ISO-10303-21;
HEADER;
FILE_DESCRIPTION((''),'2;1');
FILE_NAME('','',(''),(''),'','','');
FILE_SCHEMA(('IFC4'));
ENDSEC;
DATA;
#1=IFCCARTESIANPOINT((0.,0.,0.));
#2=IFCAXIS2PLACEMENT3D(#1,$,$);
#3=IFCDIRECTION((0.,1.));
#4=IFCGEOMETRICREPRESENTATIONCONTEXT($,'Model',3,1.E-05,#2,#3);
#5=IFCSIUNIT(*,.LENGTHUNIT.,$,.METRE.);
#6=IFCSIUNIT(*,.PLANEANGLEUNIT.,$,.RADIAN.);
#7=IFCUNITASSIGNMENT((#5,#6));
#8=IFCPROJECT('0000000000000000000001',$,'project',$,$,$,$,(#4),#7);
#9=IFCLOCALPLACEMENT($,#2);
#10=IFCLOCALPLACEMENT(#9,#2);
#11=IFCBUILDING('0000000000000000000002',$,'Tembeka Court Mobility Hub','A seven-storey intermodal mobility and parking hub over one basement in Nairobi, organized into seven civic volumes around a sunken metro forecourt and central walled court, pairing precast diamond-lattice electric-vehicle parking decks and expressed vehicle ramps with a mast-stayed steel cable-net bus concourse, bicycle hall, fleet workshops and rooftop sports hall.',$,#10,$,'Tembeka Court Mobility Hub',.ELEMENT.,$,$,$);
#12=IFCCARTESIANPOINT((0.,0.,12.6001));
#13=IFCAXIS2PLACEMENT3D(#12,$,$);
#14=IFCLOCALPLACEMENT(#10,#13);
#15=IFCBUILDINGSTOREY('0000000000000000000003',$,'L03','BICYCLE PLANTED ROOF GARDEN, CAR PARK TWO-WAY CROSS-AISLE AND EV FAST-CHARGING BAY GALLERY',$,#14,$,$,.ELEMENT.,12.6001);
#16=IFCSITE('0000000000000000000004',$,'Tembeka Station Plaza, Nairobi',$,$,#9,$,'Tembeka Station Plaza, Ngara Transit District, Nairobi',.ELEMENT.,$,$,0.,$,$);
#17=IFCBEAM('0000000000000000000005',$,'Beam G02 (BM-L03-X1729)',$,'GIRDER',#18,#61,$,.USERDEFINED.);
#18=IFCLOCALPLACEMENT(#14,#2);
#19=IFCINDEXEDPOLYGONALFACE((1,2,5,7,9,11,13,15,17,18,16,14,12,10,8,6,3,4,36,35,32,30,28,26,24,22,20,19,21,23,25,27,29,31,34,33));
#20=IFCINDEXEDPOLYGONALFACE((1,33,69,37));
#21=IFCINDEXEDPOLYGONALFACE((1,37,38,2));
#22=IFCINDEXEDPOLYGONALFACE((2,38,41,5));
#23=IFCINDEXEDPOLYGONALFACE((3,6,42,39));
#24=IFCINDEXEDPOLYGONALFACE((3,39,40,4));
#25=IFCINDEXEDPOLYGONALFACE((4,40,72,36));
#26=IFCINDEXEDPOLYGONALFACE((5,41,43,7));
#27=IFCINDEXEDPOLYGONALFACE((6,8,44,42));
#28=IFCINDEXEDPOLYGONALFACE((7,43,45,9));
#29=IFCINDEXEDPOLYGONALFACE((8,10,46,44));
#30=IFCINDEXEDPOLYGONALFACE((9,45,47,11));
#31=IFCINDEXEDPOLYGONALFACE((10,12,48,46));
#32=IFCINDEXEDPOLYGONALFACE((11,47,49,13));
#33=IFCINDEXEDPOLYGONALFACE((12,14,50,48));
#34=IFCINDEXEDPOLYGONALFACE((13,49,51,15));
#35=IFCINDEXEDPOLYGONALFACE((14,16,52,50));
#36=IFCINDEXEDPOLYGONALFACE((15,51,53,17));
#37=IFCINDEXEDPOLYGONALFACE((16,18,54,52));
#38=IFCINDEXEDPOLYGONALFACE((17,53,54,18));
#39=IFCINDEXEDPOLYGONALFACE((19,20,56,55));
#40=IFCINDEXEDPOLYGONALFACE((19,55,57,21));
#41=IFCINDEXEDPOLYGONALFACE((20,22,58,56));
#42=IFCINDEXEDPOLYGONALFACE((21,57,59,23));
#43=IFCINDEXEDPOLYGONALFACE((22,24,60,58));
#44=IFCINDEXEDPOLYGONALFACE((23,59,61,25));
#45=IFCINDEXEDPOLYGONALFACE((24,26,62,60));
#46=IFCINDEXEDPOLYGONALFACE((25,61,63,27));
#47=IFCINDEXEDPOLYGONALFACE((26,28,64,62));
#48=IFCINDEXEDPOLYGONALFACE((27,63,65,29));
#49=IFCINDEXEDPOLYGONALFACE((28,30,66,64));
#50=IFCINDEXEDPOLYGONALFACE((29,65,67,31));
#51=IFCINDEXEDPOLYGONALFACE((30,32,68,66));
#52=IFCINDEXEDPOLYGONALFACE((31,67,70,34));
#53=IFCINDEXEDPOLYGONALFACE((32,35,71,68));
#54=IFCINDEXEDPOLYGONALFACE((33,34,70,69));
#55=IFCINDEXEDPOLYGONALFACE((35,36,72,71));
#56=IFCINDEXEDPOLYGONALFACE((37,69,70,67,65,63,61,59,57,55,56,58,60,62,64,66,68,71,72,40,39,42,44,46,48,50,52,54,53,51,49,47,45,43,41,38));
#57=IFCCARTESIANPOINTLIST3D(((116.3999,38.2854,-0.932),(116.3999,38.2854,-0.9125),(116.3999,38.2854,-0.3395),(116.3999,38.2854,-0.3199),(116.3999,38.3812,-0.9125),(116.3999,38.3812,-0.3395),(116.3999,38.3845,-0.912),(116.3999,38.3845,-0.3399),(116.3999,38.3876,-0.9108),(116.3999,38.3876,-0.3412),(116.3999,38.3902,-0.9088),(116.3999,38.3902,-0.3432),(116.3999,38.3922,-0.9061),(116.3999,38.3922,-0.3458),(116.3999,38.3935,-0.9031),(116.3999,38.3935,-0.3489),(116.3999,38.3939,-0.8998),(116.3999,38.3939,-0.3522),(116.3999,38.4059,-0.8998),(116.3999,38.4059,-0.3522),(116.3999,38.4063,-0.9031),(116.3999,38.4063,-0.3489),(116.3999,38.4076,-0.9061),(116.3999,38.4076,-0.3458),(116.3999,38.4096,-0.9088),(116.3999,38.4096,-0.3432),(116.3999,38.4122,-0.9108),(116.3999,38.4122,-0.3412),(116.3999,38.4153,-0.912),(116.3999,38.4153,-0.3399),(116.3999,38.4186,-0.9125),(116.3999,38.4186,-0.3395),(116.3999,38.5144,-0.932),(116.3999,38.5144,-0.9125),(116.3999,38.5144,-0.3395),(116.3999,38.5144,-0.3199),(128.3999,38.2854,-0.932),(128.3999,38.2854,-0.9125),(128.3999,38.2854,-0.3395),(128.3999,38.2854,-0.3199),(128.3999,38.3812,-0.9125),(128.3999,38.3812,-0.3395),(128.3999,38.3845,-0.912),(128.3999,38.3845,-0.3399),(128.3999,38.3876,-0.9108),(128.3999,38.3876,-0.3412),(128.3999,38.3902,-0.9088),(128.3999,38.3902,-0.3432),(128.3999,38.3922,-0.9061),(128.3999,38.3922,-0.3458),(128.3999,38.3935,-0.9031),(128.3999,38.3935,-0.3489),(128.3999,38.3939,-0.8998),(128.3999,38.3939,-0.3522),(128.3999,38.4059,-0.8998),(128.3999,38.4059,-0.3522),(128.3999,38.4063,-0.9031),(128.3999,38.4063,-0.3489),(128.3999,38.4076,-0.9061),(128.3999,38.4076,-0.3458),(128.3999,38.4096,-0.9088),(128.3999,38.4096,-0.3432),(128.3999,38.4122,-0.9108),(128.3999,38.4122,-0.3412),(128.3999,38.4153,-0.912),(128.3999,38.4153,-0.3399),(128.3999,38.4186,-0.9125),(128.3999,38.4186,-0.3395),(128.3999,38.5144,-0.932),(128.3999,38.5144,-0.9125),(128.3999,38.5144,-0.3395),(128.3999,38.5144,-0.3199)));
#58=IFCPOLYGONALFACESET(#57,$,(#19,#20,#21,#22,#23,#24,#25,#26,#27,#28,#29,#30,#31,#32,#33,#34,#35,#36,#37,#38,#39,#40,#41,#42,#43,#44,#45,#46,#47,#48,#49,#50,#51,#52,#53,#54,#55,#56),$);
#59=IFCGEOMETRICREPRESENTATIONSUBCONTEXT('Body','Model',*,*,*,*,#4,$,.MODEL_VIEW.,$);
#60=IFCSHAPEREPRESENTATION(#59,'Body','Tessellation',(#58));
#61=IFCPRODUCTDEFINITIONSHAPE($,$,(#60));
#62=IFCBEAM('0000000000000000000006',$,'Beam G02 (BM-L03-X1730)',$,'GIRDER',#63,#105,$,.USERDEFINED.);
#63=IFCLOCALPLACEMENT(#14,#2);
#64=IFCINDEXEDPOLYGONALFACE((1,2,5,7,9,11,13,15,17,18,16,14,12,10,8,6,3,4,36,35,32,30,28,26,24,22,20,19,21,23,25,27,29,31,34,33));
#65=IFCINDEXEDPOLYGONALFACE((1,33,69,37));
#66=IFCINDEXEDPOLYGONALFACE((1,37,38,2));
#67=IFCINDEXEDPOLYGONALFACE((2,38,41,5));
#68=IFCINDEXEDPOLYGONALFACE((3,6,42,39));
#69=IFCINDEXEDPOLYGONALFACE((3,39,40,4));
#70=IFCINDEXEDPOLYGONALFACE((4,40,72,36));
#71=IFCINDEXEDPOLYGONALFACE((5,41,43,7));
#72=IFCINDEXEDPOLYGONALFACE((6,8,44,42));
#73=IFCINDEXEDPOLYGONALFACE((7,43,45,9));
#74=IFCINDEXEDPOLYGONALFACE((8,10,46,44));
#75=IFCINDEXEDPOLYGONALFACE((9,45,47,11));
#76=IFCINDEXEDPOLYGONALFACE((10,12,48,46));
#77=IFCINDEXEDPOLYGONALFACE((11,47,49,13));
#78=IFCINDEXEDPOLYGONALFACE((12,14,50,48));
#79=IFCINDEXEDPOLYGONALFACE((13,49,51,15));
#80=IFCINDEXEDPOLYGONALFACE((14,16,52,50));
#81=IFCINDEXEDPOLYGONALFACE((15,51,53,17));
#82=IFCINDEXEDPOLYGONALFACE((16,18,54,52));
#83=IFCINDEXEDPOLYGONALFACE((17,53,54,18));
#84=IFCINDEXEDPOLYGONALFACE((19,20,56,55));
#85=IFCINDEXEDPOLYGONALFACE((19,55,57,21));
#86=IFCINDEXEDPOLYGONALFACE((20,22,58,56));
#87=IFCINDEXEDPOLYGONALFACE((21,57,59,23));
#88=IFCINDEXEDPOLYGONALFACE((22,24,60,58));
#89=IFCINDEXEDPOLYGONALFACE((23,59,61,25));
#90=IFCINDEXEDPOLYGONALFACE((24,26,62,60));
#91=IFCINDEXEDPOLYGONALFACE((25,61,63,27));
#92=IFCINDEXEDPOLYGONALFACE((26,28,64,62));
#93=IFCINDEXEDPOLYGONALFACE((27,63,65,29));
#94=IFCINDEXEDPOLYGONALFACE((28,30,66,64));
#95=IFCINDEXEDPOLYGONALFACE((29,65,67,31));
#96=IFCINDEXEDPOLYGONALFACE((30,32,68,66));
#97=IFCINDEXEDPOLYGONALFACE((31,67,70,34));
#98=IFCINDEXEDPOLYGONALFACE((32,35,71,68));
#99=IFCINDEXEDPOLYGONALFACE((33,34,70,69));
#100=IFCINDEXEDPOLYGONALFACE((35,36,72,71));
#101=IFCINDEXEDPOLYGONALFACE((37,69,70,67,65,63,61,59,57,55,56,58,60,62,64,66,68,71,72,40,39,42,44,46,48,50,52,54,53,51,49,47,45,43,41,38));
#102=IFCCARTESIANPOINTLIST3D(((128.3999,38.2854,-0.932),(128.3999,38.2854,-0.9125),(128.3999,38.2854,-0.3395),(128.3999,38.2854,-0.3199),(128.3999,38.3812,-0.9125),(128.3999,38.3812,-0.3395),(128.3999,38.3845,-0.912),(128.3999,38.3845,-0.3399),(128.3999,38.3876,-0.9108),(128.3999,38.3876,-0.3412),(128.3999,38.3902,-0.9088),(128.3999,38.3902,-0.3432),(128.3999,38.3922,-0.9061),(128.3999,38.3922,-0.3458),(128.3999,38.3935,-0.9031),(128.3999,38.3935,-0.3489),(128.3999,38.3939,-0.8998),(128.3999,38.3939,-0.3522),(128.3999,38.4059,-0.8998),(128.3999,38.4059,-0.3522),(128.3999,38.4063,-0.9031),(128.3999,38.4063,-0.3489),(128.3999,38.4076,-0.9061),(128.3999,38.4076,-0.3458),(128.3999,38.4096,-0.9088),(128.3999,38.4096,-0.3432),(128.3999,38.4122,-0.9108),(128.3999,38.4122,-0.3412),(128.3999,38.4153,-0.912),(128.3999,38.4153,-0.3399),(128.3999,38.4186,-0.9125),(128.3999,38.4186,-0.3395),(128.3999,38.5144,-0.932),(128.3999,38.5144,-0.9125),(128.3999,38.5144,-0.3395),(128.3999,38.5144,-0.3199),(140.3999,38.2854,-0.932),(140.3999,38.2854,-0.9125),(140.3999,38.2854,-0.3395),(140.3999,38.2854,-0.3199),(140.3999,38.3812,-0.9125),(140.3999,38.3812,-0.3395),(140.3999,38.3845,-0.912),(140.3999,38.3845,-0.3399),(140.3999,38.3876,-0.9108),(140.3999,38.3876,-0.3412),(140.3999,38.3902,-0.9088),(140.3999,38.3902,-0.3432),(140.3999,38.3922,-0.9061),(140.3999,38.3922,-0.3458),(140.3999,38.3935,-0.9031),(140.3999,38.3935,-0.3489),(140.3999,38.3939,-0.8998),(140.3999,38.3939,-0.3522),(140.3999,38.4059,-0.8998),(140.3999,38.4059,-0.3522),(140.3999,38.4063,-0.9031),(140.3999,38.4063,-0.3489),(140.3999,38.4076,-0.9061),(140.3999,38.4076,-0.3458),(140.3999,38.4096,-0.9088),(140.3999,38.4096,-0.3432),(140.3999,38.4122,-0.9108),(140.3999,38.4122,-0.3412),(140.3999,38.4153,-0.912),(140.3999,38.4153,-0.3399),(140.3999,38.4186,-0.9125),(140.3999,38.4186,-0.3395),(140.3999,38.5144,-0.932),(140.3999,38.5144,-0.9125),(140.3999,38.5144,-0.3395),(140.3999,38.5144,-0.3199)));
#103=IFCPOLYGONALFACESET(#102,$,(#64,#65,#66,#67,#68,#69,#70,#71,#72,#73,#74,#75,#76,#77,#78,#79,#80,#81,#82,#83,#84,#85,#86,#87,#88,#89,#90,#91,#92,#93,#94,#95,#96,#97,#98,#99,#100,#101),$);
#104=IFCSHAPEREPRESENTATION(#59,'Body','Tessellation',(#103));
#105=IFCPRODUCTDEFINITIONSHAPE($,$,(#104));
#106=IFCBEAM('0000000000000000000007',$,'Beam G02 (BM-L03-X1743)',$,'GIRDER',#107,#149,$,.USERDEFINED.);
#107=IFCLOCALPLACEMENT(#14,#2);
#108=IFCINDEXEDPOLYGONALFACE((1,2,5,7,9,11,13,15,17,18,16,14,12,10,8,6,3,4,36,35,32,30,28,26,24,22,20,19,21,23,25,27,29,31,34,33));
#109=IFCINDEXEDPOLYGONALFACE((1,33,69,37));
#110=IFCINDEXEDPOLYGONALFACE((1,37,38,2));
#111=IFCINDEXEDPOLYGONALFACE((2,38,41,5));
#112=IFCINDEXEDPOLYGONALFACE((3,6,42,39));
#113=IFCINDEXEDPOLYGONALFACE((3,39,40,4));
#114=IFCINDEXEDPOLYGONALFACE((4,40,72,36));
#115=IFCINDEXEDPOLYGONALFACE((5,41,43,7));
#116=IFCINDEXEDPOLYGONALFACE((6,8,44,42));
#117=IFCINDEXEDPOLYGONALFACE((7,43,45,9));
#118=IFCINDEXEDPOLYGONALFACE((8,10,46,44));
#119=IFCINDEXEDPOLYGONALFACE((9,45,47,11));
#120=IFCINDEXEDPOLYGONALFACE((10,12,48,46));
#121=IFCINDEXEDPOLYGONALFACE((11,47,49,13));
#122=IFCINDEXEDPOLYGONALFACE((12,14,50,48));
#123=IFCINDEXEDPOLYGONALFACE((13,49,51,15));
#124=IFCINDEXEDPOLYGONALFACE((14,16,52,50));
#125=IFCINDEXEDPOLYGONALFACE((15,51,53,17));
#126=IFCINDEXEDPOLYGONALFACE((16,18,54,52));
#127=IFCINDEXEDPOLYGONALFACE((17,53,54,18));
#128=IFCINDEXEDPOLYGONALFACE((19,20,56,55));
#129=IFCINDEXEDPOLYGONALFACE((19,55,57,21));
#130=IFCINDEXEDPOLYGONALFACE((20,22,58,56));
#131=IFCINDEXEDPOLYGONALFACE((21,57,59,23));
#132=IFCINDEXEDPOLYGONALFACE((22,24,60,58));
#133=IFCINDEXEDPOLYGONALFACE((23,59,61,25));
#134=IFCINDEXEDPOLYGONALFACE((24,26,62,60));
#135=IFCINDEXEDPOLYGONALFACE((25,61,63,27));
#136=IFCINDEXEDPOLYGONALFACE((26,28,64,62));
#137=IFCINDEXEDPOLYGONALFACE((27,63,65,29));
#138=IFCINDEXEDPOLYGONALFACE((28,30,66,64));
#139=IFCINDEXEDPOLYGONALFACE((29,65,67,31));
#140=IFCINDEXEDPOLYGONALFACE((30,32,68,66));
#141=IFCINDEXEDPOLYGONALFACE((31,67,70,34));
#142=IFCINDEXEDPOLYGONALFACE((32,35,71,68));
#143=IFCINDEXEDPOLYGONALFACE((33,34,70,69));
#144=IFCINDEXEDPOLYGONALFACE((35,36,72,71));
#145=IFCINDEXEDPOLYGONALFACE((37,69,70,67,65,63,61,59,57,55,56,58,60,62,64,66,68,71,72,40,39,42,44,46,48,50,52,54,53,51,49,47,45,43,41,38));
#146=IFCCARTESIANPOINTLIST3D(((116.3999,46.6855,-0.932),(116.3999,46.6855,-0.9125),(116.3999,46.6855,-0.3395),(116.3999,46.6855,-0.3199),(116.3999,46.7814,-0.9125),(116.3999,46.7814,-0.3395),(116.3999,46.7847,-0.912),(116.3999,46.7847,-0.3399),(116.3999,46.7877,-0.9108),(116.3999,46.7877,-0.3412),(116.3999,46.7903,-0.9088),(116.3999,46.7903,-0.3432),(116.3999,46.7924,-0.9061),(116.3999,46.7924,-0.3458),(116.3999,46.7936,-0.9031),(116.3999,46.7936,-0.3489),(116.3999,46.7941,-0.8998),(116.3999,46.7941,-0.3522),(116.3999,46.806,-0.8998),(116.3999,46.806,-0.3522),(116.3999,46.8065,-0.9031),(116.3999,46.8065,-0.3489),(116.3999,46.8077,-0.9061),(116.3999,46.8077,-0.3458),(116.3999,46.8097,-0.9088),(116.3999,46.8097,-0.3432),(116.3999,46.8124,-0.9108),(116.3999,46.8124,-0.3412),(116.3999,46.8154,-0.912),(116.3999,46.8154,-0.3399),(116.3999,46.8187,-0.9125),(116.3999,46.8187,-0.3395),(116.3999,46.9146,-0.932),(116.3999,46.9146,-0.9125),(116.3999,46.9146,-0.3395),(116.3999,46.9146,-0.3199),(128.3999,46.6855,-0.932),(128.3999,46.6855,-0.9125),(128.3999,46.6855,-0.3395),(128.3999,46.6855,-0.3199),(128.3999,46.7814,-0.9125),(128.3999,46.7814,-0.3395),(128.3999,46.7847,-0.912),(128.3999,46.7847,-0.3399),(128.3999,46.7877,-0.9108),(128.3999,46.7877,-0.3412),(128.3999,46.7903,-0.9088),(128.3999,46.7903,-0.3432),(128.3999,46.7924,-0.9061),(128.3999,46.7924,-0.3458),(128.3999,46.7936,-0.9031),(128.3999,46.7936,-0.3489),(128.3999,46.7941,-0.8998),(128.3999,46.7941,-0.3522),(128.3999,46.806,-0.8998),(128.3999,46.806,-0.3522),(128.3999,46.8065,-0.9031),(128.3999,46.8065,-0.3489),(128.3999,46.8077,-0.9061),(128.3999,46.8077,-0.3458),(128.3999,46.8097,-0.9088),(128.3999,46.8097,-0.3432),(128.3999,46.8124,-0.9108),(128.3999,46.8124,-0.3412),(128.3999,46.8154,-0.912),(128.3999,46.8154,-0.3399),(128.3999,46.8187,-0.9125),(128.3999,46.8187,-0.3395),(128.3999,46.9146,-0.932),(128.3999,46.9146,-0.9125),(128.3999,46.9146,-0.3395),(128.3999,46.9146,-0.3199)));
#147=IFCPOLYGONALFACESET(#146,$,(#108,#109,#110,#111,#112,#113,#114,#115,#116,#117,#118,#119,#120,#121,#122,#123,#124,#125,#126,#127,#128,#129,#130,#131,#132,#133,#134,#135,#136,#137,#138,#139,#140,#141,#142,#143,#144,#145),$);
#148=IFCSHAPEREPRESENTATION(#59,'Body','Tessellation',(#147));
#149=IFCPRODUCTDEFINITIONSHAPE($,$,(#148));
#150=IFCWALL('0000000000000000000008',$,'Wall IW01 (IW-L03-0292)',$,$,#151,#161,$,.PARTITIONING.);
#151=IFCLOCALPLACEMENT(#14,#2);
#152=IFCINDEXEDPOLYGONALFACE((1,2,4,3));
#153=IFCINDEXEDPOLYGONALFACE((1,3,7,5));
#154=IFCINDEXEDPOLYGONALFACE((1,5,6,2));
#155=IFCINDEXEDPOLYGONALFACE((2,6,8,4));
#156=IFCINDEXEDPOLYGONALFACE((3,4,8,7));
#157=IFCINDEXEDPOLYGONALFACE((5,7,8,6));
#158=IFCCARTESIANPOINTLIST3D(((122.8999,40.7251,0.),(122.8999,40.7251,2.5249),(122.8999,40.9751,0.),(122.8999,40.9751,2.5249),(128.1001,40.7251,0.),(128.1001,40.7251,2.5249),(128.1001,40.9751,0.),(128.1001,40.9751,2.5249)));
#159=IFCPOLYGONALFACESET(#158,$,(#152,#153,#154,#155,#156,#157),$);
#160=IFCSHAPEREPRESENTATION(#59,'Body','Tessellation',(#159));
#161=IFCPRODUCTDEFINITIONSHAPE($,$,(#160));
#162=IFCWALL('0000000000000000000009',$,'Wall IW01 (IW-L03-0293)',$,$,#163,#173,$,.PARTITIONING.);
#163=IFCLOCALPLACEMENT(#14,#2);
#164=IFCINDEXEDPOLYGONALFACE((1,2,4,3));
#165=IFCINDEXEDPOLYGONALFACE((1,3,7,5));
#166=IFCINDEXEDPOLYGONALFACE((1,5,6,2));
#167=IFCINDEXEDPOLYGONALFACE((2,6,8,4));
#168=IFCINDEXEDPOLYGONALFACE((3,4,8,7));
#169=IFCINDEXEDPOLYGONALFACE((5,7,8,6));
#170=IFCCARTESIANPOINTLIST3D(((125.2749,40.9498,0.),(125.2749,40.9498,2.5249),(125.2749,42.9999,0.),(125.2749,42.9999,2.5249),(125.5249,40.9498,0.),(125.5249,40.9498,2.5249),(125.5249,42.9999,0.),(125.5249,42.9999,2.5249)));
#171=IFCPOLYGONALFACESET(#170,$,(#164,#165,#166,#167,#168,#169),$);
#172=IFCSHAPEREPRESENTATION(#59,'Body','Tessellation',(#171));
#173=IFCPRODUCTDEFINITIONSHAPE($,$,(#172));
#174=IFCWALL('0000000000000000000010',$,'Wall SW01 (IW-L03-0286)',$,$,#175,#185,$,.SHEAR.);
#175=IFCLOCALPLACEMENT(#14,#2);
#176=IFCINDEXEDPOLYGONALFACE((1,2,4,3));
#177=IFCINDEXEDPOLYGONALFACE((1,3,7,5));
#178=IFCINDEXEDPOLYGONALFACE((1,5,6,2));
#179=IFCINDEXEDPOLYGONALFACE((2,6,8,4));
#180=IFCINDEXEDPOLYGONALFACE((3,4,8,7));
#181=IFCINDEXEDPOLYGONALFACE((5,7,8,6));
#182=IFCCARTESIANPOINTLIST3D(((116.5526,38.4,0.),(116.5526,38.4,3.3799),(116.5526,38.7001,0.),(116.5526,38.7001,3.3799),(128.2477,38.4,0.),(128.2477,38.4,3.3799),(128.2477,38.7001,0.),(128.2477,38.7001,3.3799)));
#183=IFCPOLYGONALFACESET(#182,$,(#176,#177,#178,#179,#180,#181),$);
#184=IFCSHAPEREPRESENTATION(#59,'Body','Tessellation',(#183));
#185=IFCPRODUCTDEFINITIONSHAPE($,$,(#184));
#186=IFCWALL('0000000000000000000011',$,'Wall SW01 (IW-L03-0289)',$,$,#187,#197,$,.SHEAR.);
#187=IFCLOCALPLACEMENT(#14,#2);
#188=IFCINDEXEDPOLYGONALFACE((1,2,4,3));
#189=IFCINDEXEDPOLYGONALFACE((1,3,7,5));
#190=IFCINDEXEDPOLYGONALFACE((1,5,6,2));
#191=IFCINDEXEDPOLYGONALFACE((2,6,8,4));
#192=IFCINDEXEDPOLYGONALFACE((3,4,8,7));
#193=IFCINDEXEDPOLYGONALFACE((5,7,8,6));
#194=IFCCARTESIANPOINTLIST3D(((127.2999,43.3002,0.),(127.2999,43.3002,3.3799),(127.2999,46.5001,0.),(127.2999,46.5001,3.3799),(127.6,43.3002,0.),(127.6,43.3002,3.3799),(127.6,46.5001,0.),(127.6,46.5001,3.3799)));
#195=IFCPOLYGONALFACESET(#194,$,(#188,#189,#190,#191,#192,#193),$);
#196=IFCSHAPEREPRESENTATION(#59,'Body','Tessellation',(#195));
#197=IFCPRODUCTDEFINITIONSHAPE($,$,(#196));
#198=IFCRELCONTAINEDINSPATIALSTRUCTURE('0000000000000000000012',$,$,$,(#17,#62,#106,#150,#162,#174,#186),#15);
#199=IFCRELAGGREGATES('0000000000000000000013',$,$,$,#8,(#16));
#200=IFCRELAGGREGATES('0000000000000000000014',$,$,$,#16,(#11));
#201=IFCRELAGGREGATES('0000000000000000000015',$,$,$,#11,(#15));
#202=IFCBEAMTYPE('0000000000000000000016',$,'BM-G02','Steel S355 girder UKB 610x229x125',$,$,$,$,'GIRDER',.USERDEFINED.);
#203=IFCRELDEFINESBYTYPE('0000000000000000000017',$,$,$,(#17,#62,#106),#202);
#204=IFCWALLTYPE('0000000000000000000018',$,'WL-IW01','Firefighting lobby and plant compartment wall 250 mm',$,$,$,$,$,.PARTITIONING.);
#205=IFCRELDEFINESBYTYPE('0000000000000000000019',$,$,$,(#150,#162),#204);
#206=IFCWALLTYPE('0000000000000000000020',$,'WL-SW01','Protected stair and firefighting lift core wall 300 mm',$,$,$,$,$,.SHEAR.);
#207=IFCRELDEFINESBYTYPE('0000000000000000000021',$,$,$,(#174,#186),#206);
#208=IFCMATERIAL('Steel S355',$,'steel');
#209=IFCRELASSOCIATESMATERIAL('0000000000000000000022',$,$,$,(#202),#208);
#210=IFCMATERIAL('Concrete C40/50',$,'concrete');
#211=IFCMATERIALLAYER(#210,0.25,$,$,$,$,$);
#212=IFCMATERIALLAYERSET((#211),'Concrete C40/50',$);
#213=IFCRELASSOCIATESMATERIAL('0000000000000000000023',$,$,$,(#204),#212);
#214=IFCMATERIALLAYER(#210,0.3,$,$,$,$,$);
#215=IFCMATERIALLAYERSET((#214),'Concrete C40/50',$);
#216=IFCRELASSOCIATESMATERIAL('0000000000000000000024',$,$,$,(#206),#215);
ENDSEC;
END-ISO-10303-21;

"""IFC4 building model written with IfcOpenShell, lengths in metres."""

from ifc_helpers import new_model, si_unit, direction, frame, frame_2d, origin, origin_2d, place, context, subcontext, project, spatial, rectangle, i_section, extrude, material, layer, layer_set, material_profile, profile_set, type_object, element, save


model = new_model("IFC4")

# Units and contexts
model_context = context("Model", 3, precision=1e-05, world=origin(), true_north=direction((0.0, 1.0)))
body_context = subcontext(model_context, "Body", "Model", "MODEL_VIEW")
ifc_project = project(units=[si_unit("LENGTHUNIT", "METRE"), si_unit("PLANEANGLEUNIT", "RADIAN")], contexts=[model_context])

# Site, building, storey
site_placement = place(None, origin())
site = spatial("IfcSite", under=ifc_project, at=site_placement, Name="Tembeka Station Plaza, Nairobi", LongName="Tembeka Station Plaza, Ngara Transit District, Nairobi", CompositionType="ELEMENT", RefElevation=0.0)
building_placement = place(site_placement, origin())
building = spatial("IfcBuilding", under=site, at=building_placement, Name="Tembeka Court Mobility Hub", Description="A seven-storey intermodal mobility and parking hub over one basement in Nairobi, organized into seven civic volumes around a sunken metro forecourt and central walled court, pairing precast diamond-lattice electric-vehicle parking decks and expressed vehicle ramps with a mast-stayed steel cable-net bus concourse, bicycle hall, fleet workshops and rooftop sports hall.", LongName="Tembeka Court Mobility Hub", CompositionType="ELEMENT")
storey_placement = place(building_placement, frame((0.0, 0.0, 12.6001)))
storey = spatial("IfcBuildingStorey", under=building, at=storey_placement, Name="L03", Description="BICYCLE PLANTED ROOF GARDEN, CAR PARK TWO-WAY CROSS-AISLE AND EV FAST-CHARGING BAY GALLERY", CompositionType="ELEMENT", Elevation=12.6001)

# Shared definitions
ifc_material_1 = material(Name="Steel S355", Category="steel")

# Beams
ifc_material_profile_1 = material_profile(ifc_material_1, i_section(OverallWidth=0.229, OverallDepth=0.6121, WebThickness=0.012, FlangeThickness=0.0195, FilletRadius=0.0127, at=origin_2d()), Name="UKB 610x229x125")
ifc_profile_set_1 = profile_set([ifc_material_profile_1], Name="Steel S355")
beam_type_1 = type_object("IfcBeamType", Name="BM-G02", Description="Steel S355 girder UKB 610x229x125", ElementType="GIRDER", PredefinedType="USERDEFINED", material=ifc_profile_set_1)
for number, where, z_axis, x_axis, name in (
    (1, (116.3999, 38.3999, -0.626), (1.0, 0.0, 0.0), (0.0, 1.0, 0.0), "Beam G02 (BM-L03-X1729)"),
    (2, (128.3999, 38.3999, -0.626), (1.0, 0.0, 0.0), (0.0, 1.0, 0.0), "Beam G02 (BM-L03-X1730)"),
    (3, (116.3999, 46.8, -0.626), (1.0, 0.0, 0.0), (0.0, 1.0, 0.0), "Beam G02 (BM-L03-X1743)"),
):
    element("IfcBeam", number, at=place(storey_placement, frame(where, z_axis=z_axis, x_axis=x_axis)), inside=storey, type_object=beam_type_1, Name=name, ObjectType="GIRDER", PredefinedType="USERDEFINED", context=body_context, shape_type="SweptSolid", body=[
        extrude(i_section(OverallWidth=0.229, OverallDepth=0.6121, WebThickness=0.012, FlangeThickness=0.0195, FilletRadius=0.0127, at=origin_2d()), origin(), (0.0, 0.0, 1.0), 12.0),
    ])

# Walls
ifc_material_2 = material(Name="Concrete C40/50", Category="concrete")
ifc_layer_1 = layer(ifc_material_2, 0.25)
ifc_layer_set_1 = layer_set([ifc_layer_1], Name="Concrete C40/50")
wall_type_1 = type_object("IfcWallType", Name="WL-IW01", Description="Firefighting lobby and plant compartment wall 250 mm", PredefinedType="PARTITIONING", material=ifc_layer_set_1)
wall_1_placement = place(storey_placement, frame((122.8999, 40.8501, 0.0), z_axis=(0.0, 0.0, 1.0), x_axis=(1.0, 0.0, 0.0)))
element("IfcWall", 4, at=wall_1_placement, inside=storey, type_object=wall_type_1, Name="Wall IW01 (IW-L03-0292)", PredefinedType="PARTITIONING", context=body_context, shape_type="SweptSolid", body=[
    extrude(rectangle(XDim=5.2002, YDim=0.25, at=frame_2d((2.6001, 0.0))), origin(), (0.0, 0.0, 1.0), 2.5249),
])
wall_2_placement = place(storey_placement, frame((125.3999, 40.95, 0.0), z_axis=(0.0, 0.0, 1.0), x_axis=(0.0, 1.0, 0.0)))
element("IfcWall", 5, at=wall_2_placement, inside=storey, type_object=wall_type_1, Name="Wall IW01 (IW-L03-0293)", PredefinedType="PARTITIONING", context=body_context, shape_type="SweptSolid", body=[
    extrude(rectangle(XDim=2.05, YDim=0.25, at=frame_2d((1.0249, 0.0))), origin(), (0.0, 0.0, 1.0), 2.5249),
])
ifc_layer_2 = layer(ifc_material_2, 0.3)
ifc_layer_set_2 = layer_set([ifc_layer_2], Name="Concrete C40/50")
wall_type_2 = type_object("IfcWallType", Name="WL-SW01", Description="Protected stair and firefighting lift core wall 300 mm", PredefinedType="SHEAR", material=ifc_layer_set_2)
wall_3_placement = place(storey_placement, frame((116.5525, 38.55, 0.0), z_axis=(0.0, 0.0, 1.0), x_axis=(1.0, 0.0, 0.0)))
element("IfcWall", 6, at=wall_3_placement, inside=storey, type_object=wall_type_2, Name="Wall SW01 (IW-L03-0286)", PredefinedType="SHEAR", context=body_context, shape_type="SweptSolid", body=[
    extrude(rectangle(XDim=11.6951, YDim=0.3, at=frame_2d((5.8477, 0.0))), origin(), (0.0, 0.0, 1.0), 3.3799),
])
wall_4_placement = place(storey_placement, frame((127.45, 43.3, 0.0), z_axis=(0.0, 0.0, 1.0), x_axis=(0.0, 1.0, 0.0)))
element("IfcWall", 7, at=wall_4_placement, inside=storey, type_object=wall_type_2, Name="Wall SW01 (IW-L03-0289)", PredefinedType="SHEAR", context=body_context, shape_type="SweptSolid", body=[
    extrude(rectangle(XDim=3.2, YDim=0.3, at=frame_2d((1.6001, 0.0))), origin(), (0.0, 0.0, 1.0), 3.3799),
])

save(model, "model.ifc")
